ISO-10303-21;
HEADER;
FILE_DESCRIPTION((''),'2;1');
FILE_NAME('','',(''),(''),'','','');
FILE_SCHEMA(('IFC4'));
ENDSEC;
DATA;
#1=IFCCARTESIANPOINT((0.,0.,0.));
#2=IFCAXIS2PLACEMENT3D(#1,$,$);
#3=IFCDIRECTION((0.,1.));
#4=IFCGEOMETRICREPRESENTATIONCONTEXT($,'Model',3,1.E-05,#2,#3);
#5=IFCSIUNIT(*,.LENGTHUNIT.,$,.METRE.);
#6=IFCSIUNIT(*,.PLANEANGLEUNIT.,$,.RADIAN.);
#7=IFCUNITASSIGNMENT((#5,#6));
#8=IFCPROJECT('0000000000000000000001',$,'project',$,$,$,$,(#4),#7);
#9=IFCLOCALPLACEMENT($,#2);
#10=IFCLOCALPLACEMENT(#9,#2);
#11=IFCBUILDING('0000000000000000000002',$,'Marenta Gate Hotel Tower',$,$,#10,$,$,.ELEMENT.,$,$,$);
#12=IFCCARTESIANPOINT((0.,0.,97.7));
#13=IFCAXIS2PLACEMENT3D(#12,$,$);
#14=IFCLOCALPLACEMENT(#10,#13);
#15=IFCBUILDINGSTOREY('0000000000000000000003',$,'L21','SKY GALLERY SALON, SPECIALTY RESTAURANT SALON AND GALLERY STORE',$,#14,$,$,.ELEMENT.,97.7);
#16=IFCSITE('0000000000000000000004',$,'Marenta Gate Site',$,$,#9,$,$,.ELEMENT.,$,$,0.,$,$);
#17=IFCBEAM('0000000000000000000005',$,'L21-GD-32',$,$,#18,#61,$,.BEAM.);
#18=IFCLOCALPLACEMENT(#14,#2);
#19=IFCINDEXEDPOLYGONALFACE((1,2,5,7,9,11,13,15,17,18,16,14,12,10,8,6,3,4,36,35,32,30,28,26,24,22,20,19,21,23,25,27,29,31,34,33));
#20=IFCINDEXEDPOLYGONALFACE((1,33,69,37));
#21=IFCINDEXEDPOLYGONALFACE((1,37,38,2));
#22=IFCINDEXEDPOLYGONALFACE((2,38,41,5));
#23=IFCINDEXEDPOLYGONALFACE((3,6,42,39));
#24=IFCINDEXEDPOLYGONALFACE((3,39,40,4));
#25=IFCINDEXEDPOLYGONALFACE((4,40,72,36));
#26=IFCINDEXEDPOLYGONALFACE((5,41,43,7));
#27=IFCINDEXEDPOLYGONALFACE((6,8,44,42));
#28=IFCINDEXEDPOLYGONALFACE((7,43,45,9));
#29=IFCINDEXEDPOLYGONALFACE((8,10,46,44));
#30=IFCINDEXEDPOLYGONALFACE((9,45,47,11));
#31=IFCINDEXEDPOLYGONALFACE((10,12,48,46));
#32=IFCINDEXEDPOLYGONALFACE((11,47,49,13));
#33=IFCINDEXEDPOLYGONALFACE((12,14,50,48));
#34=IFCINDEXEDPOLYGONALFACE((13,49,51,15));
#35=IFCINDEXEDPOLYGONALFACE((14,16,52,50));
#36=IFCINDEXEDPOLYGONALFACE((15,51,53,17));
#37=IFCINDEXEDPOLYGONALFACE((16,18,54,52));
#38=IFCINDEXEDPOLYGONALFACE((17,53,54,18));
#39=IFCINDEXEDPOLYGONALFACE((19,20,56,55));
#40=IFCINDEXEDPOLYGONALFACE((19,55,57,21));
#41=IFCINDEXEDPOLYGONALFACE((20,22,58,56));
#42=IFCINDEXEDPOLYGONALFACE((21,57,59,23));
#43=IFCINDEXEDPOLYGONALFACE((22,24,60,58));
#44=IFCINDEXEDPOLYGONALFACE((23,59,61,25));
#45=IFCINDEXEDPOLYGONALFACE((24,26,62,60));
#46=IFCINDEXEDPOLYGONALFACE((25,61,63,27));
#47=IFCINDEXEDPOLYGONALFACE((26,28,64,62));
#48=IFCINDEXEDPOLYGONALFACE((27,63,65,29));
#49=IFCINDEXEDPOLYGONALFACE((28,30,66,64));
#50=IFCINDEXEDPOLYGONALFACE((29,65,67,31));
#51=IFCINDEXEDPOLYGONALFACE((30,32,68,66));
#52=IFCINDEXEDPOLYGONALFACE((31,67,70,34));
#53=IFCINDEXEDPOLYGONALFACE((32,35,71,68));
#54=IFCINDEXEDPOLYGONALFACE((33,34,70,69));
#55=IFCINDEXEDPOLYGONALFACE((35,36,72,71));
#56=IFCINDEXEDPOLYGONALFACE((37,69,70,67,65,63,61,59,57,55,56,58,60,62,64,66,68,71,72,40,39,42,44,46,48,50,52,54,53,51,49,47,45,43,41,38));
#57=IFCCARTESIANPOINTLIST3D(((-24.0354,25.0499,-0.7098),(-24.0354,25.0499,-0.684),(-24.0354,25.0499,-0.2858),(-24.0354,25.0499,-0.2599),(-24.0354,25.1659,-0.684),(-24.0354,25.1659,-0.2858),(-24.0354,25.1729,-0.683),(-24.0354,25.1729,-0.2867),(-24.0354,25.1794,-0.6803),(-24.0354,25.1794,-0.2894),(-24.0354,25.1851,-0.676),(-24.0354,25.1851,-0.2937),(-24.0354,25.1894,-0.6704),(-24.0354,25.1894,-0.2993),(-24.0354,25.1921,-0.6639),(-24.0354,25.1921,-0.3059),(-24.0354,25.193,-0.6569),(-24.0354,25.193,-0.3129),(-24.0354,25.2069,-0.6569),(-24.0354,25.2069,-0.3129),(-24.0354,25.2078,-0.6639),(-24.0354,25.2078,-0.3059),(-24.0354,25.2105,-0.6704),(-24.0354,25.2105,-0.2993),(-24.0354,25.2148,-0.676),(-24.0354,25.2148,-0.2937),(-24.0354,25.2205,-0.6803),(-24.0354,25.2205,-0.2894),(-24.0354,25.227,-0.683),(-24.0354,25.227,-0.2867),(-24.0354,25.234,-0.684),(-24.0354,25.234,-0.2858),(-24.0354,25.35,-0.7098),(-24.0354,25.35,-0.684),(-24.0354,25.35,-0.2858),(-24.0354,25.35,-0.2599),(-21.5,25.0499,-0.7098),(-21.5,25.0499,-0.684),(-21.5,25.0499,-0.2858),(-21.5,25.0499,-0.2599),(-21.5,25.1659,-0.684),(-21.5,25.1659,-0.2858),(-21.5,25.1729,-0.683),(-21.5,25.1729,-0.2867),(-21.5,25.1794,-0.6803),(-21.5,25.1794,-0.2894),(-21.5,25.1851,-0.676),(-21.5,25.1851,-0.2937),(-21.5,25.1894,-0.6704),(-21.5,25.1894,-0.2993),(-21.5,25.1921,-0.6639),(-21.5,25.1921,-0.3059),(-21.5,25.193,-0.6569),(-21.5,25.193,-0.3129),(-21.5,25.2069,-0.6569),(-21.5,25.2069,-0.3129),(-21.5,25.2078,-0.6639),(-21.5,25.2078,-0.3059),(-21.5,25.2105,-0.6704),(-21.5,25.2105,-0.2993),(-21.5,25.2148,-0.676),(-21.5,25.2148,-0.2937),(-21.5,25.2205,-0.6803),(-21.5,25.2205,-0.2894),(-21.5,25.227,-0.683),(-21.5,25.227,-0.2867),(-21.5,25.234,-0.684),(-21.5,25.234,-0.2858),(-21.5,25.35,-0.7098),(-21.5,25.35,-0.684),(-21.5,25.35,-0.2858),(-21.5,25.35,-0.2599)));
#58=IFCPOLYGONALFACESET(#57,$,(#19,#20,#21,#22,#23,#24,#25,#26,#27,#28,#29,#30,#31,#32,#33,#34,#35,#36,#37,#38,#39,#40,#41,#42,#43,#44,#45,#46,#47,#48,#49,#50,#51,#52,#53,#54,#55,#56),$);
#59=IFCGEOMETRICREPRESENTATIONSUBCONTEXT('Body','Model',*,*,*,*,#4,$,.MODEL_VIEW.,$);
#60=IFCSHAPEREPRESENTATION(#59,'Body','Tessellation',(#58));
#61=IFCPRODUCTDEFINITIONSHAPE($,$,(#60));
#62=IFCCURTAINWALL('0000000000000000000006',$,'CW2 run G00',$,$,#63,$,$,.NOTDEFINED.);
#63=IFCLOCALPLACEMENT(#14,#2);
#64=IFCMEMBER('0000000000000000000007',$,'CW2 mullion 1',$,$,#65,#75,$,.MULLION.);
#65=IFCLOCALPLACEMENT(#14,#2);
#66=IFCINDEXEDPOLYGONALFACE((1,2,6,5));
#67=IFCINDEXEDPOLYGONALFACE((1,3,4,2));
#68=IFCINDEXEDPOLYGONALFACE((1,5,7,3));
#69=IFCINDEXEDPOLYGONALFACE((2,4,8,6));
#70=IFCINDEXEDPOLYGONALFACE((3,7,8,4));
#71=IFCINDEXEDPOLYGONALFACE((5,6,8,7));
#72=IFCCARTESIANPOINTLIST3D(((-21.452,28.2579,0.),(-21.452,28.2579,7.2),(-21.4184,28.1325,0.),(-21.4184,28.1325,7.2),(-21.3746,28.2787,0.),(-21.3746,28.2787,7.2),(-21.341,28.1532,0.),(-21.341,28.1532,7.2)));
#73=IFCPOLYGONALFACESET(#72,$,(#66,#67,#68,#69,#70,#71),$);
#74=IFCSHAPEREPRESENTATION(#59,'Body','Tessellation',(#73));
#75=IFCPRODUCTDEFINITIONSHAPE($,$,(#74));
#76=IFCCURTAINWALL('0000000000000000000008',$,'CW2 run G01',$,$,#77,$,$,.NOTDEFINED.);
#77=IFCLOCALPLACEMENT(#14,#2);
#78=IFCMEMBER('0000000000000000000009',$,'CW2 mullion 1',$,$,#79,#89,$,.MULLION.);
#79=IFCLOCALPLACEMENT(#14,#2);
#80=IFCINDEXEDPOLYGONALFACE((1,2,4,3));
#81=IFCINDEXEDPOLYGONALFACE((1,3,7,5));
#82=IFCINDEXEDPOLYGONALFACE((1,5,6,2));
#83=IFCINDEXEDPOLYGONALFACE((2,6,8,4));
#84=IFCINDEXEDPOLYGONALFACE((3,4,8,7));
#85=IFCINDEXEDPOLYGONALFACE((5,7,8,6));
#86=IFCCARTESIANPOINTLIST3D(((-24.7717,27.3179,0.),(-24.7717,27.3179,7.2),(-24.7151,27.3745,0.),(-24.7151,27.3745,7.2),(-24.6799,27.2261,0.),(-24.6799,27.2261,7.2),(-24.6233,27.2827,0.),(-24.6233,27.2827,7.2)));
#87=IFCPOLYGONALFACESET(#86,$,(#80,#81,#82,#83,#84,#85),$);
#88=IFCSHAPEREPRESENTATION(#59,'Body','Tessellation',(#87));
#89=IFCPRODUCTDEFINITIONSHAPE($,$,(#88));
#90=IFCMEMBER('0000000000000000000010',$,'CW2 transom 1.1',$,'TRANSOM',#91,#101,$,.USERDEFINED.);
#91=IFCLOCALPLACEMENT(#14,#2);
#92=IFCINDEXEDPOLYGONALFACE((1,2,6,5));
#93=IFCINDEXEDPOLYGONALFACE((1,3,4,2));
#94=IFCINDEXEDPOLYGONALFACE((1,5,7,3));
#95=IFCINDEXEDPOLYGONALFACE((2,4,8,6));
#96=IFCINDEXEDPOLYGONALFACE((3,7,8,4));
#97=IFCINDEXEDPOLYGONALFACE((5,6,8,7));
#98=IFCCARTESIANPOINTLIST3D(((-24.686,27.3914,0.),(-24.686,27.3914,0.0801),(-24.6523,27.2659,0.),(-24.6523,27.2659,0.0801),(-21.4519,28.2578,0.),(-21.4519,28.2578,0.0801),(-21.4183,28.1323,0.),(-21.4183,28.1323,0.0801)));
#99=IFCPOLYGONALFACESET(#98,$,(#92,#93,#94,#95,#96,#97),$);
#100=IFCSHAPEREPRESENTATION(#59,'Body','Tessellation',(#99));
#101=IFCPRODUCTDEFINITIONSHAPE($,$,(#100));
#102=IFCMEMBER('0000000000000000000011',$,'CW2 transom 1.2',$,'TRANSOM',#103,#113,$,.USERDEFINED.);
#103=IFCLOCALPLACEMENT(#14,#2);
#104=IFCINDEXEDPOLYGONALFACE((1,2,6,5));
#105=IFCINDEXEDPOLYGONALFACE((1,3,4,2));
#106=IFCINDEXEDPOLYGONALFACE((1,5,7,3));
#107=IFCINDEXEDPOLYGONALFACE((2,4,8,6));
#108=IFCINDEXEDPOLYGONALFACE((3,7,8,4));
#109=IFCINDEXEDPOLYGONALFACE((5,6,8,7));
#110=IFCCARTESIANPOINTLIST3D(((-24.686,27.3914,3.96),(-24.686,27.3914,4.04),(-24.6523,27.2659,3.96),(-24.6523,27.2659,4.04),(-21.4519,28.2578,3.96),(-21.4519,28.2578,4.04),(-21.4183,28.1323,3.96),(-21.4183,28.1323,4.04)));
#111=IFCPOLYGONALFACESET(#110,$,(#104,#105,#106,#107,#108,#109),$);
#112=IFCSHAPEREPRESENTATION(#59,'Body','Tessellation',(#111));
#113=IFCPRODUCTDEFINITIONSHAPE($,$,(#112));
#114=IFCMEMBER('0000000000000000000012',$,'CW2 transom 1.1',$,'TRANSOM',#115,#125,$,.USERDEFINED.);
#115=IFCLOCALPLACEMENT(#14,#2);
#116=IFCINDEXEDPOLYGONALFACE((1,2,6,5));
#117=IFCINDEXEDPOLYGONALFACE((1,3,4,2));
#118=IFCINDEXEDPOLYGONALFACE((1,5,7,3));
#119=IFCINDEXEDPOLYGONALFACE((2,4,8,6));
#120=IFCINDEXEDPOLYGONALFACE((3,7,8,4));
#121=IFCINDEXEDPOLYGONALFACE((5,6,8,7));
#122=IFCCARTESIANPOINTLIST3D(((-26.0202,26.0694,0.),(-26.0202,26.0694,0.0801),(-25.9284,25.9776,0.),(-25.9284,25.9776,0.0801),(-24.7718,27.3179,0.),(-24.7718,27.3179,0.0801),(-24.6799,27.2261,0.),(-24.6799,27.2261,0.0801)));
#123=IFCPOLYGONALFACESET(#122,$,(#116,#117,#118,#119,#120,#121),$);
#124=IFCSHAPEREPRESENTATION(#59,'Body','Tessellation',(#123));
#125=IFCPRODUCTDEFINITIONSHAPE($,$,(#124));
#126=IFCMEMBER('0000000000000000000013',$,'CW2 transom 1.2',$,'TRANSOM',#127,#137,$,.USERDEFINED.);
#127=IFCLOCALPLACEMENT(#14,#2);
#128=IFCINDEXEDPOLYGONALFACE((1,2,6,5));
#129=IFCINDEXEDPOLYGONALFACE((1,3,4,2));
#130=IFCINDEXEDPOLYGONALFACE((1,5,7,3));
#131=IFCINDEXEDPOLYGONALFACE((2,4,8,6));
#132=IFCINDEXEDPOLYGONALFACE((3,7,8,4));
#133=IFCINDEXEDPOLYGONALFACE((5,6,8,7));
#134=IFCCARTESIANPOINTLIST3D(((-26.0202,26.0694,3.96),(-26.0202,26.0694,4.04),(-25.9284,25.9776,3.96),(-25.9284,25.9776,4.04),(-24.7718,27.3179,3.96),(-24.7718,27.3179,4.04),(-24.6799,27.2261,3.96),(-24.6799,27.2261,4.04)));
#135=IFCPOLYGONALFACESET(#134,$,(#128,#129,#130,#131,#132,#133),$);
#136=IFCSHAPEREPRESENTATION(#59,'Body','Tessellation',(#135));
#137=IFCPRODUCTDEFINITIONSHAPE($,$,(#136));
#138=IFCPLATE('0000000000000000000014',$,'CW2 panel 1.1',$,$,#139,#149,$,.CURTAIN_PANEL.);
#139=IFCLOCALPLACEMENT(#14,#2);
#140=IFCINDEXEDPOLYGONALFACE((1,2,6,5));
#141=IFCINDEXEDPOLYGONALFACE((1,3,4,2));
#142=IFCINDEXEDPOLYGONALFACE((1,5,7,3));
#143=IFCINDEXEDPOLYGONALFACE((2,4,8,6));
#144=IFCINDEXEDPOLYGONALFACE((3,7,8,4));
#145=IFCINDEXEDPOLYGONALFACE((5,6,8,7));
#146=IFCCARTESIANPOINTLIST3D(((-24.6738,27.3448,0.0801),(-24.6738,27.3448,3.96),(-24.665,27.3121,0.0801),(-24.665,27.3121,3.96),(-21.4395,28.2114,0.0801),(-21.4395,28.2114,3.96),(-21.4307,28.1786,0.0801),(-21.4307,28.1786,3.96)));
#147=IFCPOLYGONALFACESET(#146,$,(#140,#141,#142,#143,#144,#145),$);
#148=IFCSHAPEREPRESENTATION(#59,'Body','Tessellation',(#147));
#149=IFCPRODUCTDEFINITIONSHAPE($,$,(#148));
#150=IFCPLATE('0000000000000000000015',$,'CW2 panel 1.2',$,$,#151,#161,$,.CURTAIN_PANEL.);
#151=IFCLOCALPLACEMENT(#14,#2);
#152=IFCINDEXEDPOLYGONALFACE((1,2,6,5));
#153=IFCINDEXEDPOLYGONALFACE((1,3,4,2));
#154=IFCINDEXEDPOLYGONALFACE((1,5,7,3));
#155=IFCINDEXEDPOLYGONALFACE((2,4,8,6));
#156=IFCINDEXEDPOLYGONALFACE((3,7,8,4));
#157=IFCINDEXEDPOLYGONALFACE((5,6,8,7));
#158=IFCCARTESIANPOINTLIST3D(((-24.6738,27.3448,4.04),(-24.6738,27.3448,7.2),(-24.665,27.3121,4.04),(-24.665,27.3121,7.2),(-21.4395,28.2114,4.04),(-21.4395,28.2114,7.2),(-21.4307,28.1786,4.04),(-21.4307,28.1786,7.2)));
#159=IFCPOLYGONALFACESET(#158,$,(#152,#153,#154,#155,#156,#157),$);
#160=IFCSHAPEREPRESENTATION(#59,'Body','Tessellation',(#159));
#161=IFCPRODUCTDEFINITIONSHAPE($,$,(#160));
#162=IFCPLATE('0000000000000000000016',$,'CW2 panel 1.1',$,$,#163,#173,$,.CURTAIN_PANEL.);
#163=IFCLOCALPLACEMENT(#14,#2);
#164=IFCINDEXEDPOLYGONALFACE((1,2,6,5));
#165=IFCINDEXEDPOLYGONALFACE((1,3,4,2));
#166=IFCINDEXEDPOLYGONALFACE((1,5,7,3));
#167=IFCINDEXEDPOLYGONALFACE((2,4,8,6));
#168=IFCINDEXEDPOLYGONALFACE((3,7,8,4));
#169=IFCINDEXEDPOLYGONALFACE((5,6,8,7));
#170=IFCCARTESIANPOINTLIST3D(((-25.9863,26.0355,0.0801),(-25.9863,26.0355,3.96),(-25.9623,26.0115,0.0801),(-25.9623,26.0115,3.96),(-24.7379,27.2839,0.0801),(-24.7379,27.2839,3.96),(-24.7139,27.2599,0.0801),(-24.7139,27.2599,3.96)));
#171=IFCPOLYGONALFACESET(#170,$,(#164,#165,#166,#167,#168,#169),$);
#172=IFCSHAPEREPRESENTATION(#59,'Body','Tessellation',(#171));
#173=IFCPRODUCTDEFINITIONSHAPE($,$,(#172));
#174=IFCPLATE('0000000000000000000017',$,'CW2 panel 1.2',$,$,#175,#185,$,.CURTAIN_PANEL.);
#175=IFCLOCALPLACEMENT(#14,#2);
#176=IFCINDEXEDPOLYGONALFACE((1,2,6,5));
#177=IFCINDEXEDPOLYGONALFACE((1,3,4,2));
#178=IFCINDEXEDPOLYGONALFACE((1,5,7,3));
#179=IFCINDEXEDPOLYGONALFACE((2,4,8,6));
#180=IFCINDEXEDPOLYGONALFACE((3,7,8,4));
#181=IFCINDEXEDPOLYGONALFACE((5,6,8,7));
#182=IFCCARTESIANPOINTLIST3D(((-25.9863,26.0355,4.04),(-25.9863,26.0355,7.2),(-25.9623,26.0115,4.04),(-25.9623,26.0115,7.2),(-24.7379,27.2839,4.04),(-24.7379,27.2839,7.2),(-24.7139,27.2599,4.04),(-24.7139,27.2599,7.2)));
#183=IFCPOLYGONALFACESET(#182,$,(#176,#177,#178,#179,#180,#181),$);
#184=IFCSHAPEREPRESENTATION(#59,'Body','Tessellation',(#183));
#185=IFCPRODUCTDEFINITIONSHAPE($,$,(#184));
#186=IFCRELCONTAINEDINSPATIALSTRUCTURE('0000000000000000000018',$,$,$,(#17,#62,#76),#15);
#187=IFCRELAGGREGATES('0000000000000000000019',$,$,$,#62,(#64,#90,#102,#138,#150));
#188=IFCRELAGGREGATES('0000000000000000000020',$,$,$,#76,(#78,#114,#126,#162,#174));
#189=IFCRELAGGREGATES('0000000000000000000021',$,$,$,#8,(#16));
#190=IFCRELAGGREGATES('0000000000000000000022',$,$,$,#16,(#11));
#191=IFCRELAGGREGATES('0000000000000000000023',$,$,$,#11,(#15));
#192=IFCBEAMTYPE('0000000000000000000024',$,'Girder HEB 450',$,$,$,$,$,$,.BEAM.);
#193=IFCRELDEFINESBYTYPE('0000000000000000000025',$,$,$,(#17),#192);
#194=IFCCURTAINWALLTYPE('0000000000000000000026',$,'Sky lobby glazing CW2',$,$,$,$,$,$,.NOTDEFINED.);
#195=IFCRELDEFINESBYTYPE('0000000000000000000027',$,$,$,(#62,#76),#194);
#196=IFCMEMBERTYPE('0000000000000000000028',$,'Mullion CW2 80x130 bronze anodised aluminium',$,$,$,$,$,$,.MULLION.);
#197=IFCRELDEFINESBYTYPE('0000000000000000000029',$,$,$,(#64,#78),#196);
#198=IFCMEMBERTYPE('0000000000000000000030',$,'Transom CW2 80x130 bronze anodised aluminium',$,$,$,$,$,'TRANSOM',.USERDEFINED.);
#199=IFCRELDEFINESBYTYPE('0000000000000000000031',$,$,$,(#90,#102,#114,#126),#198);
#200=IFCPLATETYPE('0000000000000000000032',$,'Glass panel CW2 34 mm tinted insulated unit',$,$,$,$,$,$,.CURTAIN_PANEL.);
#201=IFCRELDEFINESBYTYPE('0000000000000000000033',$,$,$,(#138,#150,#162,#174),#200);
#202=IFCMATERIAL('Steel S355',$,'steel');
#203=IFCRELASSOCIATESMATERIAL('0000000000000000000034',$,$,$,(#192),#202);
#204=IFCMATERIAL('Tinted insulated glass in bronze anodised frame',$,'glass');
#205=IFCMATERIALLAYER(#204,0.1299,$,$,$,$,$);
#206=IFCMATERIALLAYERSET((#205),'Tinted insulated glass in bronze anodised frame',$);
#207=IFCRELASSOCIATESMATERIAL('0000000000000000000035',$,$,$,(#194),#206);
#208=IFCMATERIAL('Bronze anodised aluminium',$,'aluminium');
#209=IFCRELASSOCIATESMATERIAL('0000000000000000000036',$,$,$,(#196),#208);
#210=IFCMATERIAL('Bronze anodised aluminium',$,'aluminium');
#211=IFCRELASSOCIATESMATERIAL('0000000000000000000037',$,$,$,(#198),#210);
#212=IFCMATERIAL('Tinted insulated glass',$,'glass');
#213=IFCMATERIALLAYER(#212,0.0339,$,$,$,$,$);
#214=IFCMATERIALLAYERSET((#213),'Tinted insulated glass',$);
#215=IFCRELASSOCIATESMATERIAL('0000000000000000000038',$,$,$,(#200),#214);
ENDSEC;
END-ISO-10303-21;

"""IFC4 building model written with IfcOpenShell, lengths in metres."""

from ifc_helpers import new_model, si_unit, direction, frame, origin, origin_2d, place, context, subcontext, project, spatial, rectangle, i_section, extrude, material, layer, layer_set, material_profile, profile_set, type_object, element, aggregate, save


model = new_model("IFC4")

# Units and contexts
model_context = context("Model", 3, precision=1e-05, world=origin(), true_north=direction((0.0, 1.0)))
body_context = subcontext(model_context, "Body", "Model", "MODEL_VIEW")
ifc_project = project(units=[si_unit("LENGTHUNIT", "METRE"), si_unit("PLANEANGLEUNIT", "RADIAN")], contexts=[model_context])

# Site, building, storey
site_placement = place(None, origin())
site = spatial("IfcSite", under=ifc_project, at=site_placement, Name="Marenta Gate Site", CompositionType="ELEMENT", RefElevation=0.0)
building_placement = place(site_placement, origin())
building = spatial("IfcBuilding", under=site, at=building_placement, Name="Marenta Gate Hotel Tower", CompositionType="ELEMENT")
storey_placement = place(building_placement, frame((0.0, 0.0, 97.7)))
storey = spatial("IfcBuildingStorey", under=building, at=storey_placement, Name="L21", Description="SKY GALLERY SALON, SPECIALTY RESTAURANT SALON AND GALLERY STORE", CompositionType="ELEMENT", Elevation=97.7)

# Beam
ifc_material_1 = material(Name="Steel S355", Category="steel")
ifc_material_profile_1 = material_profile(ifc_material_1, i_section(OverallWidth=0.3, OverallDepth=0.45, WebThickness=0.0139, FlangeThickness=0.0259, FilletRadius=0.0271, at=origin_2d()), Name="HEB 450")
ifc_profile_set_1 = profile_set([ifc_material_profile_1], Name="Steel S355")
beam_type_1 = type_object("IfcBeamType", Name="Girder HEB 450", PredefinedType="BEAM", material=ifc_profile_set_1)
beam_1_placement = place(storey_placement, frame((-24.0354, 25.2, -0.4849), z_axis=(1.0, 0.0, 0.0), x_axis=(0.0, 1.0, 0.0)))
element("IfcBeam", 1, at=beam_1_placement, inside=storey, type_object=beam_type_1, Name="L21-GD-32", PredefinedType="BEAM", context=body_context, shape_type="SweptSolid", body=[
    extrude(i_section(OverallWidth=0.3, OverallDepth=0.45, WebThickness=0.0139, FlangeThickness=0.0259, FilletRadius=0.0271, at=origin_2d()), origin(), (0.0, 0.0, 1.0), 2.5354),
])

# Curtain walls, members
ifc_material_2 = material(Name="Tinted insulated glass in bronze anodised frame", Category="glass")
ifc_layer_1 = layer(ifc_material_2, 0.1299)
ifc_layer_set_1 = layer_set([ifc_layer_1], Name="Tinted insulated glass in bronze anodised frame")
curtain_wall_type = type_object("IfcCurtainWallType", Name="Sky lobby glazing CW2", PredefinedType="NOTDEFINED", material=ifc_layer_set_1)
curtain_wall_1_placement = place(storey_placement, origin())
curtain_wall_1 = element("IfcCurtainWall", 2, at=curtain_wall_1_placement, inside=storey, type_object=curtain_wall_type, Name="CW2 run G00", PredefinedType="NOTDEFINED")
ifc_material_3 = material(Name="Bronze anodised aluminium", Category="aluminium")
ifc_material_profile_2 = material_profile(ifc_material_3, rectangle(XDim=0.1299, YDim=0.0801, at=origin_2d()), Name="Mullion CW2 80x130 bronze anodised aluminium")
ifc_profile_set_2 = profile_set([ifc_material_profile_2], Name="Bronze anodised aluminium")
member_type_1 = type_object("IfcMemberType", Name="Mullion CW2 80x130 bronze anodised aluminium", PredefinedType="MULLION", material=ifc_profile_set_2)
member_1_placement = place(storey_placement, frame((-21.3965, 28.2056, 0.0), z_axis=(0.0, 0.0, 1.0), x_axis=(0.258788, -0.965934, 0.0)))
member_1 = element("IfcMember", 3, at=member_1_placement, type_object=member_type_1, Name="CW2 mullion 1", PredefinedType="MULLION", context=body_context, shape_type="SweptSolid", body=[
    extrude(rectangle(XDim=0.1299, YDim=0.0801, at=origin_2d()), origin(), (0.0, 0.0, 1.0), 7.2),
])
curtain_wall_2_placement = place(storey_placement, origin())
curtain_wall_2 = element("IfcCurtainWall", 4, at=curtain_wall_2_placement, inside=storey, type_object=curtain_wall_type, Name="CW2 run G01", PredefinedType="NOTDEFINED")
member_2_placement = place(storey_placement, frame((-24.6975, 27.3003, 0.0), z_axis=(0.0, 0.0, 1.0), x_axis=(0.707107, -0.707107, 0.0)))
member_2 = element("IfcMember", 5, at=member_2_placement, type_object=member_type_1, Name="CW2 mullion 1", PredefinedType="MULLION", context=body_context, shape_type="SweptSolid", body=[
    extrude(rectangle(XDim=0.1299, YDim=0.0801, at=origin_2d()), origin(), (0.0, 0.0, 1.0), 7.2),
])

# Members
ifc_material_4 = material(Name="Bronze anodised aluminium", Category="aluminium")
ifc_material_profile_3 = material_profile(ifc_material_4, rectangle(XDim=0.1299, YDim=0.0801, at=origin_2d()), Name="Transom CW2 80x130 bronze anodised aluminium")
ifc_profile_set_3 = profile_set([ifc_material_profile_3], Name="Bronze anodised aluminium")
member_type_2 = type_object("IfcMemberType", Name="Transom CW2 80x130 bronze anodised aluminium", ElementType="TRANSOM", PredefinedType="USERDEFINED", material=ifc_profile_set_3)
member_3_placement = place(storey_placement, frame((-21.4351, 28.1951, 0.04), z_axis=(-0.965935, -0.258783, 0.0), x_axis=(0.258783, -0.965935, 0.0)))
member_3 = element("IfcMember", 6, at=member_3_placement, type_object=member_type_2, Name="CW2 transom 1.1", ObjectType="TRANSOM", PredefinedType="USERDEFINED", context=body_context, shape_type="SweptSolid", body=[
    extrude(rectangle(XDim=0.1299, YDim=0.0801, at=origin_2d()), origin(), (0.0, 0.0, 1.0), 3.3481),
])
member_4_placement = place(storey_placement, frame((-21.4351, 28.1951, 4.0), z_axis=(-0.965935, -0.258783, 0.0), x_axis=(0.258783, -0.965935, 0.0)))
member_4 = element("IfcMember", 7, at=member_4_placement, type_object=member_type_2, Name="CW2 transom 1.2", ObjectType="TRANSOM", PredefinedType="USERDEFINED", context=body_context, shape_type="SweptSolid", body=[
    extrude(rectangle(XDim=0.1299, YDim=0.0801, at=origin_2d()), origin(), (0.0, 0.0, 1.0), 3.3481),
])
member_5_placement = place(storey_placement, frame((-24.7258, 27.272, 0.04), z_axis=(-0.707107, -0.707107, 0.0), x_axis=(0.707107, -0.707107, 0.0)))
member_5 = element("IfcMember", 8, at=member_5_placement, type_object=member_type_2, Name="CW2 transom 1.1", ObjectType="TRANSOM", PredefinedType="USERDEFINED", context=body_context, shape_type="SweptSolid", body=[
    extrude(rectangle(XDim=0.1299, YDim=0.0801, at=origin_2d()), origin(), (0.0, 0.0, 1.0), 1.7656),
])
member_6_placement = place(storey_placement, frame((-24.7258, 27.272, 4.0), z_axis=(-0.707107, -0.707107, 0.0), x_axis=(0.707107, -0.707107, 0.0)))
member_6 = element("IfcMember", 9, at=member_6_placement, type_object=member_type_2, Name="CW2 transom 1.2", ObjectType="TRANSOM", PredefinedType="USERDEFINED", context=body_context, shape_type="SweptSolid", body=[
    extrude(rectangle(XDim=0.1299, YDim=0.0801, at=origin_2d()), origin(), (0.0, 0.0, 1.0), 1.7656),
])

# Plates
ifc_material_5 = material(Name="Tinted insulated glass", Category="glass")
ifc_layer_2 = layer(ifc_material_5, 0.0339)
ifc_layer_set_2 = layer_set([ifc_layer_2], Name="Tinted insulated glass")
plate_type = type_object("IfcPlateType", Name="Glass panel CW2 34 mm tinted insulated unit", PredefinedType="CURTAIN_PANEL", material=ifc_layer_set_2)
plate_1_placement = place(storey_placement, frame((-23.0522, 27.7617, 0.0801), z_axis=(0.0, 0.0, 1.0), x_axis=(-0.965934, -0.258788, 0.0)))
plate_1 = element("IfcPlate", 10, at=plate_1_placement, type_object=plate_type, Name="CW2 panel 1.1", PredefinedType="CURTAIN_PANEL", context=body_context, shape_type="SweptSolid", body=[
    extrude(rectangle(XDim=3.3484, YDim=0.0339, at=origin_2d()), origin(), (0.0, 0.0, 1.0), 3.8799),
])
plate_2_placement = place(storey_placement, frame((-23.0522, 27.7617, 4.04), z_axis=(0.0, 0.0, 1.0), x_axis=(-0.965934, -0.258788, 0.0)))
plate_2 = element("IfcPlate", 11, at=plate_2_placement, type_object=plate_type, Name="CW2 panel 1.2", PredefinedType="CURTAIN_PANEL", context=body_context, shape_type="SweptSolid", body=[
    extrude(rectangle(XDim=3.3484, YDim=0.0339, at=origin_2d()), origin(), (0.0, 0.0, 1.0), 3.1599),
])
aggregate(curtain_wall_1, [member_1, member_3, member_4, plate_1, plate_2])
plate_3_placement = place(storey_placement, frame((-25.3501, 26.6477, 0.0801), z_axis=(0.0, 0.0, 1.0), x_axis=(-0.707107, -0.707107, 0.0)))
plate_3 = element("IfcPlate", 12, at=plate_3_placement, type_object=plate_type, Name="CW2 panel 1.1", PredefinedType="CURTAIN_PANEL", context=body_context, shape_type="SweptSolid", body=[
    extrude(rectangle(XDim=1.7656, YDim=0.0339, at=origin_2d()), origin(), (0.0, 0.0, 1.0), 3.8799),
])
plate_4_placement = place(storey_placement, frame((-25.3501, 26.6477, 4.04), z_axis=(0.0, 0.0, 1.0), x_axis=(-0.707107, -0.707107, 0.0)))
plate_4 = element("IfcPlate", 13, at=plate_4_placement, type_object=plate_type, Name="CW2 panel 1.2", PredefinedType="CURTAIN_PANEL", context=body_context, shape_type="SweptSolid", body=[
    extrude(rectangle(XDim=1.7656, YDim=0.0339, at=origin_2d()), origin(), (0.0, 0.0, 1.0), 3.1599),
])
aggregate(curtain_wall_2, [member_2, member_5, member_6, plate_3, plate_4])

save(model, "model.ifc")
